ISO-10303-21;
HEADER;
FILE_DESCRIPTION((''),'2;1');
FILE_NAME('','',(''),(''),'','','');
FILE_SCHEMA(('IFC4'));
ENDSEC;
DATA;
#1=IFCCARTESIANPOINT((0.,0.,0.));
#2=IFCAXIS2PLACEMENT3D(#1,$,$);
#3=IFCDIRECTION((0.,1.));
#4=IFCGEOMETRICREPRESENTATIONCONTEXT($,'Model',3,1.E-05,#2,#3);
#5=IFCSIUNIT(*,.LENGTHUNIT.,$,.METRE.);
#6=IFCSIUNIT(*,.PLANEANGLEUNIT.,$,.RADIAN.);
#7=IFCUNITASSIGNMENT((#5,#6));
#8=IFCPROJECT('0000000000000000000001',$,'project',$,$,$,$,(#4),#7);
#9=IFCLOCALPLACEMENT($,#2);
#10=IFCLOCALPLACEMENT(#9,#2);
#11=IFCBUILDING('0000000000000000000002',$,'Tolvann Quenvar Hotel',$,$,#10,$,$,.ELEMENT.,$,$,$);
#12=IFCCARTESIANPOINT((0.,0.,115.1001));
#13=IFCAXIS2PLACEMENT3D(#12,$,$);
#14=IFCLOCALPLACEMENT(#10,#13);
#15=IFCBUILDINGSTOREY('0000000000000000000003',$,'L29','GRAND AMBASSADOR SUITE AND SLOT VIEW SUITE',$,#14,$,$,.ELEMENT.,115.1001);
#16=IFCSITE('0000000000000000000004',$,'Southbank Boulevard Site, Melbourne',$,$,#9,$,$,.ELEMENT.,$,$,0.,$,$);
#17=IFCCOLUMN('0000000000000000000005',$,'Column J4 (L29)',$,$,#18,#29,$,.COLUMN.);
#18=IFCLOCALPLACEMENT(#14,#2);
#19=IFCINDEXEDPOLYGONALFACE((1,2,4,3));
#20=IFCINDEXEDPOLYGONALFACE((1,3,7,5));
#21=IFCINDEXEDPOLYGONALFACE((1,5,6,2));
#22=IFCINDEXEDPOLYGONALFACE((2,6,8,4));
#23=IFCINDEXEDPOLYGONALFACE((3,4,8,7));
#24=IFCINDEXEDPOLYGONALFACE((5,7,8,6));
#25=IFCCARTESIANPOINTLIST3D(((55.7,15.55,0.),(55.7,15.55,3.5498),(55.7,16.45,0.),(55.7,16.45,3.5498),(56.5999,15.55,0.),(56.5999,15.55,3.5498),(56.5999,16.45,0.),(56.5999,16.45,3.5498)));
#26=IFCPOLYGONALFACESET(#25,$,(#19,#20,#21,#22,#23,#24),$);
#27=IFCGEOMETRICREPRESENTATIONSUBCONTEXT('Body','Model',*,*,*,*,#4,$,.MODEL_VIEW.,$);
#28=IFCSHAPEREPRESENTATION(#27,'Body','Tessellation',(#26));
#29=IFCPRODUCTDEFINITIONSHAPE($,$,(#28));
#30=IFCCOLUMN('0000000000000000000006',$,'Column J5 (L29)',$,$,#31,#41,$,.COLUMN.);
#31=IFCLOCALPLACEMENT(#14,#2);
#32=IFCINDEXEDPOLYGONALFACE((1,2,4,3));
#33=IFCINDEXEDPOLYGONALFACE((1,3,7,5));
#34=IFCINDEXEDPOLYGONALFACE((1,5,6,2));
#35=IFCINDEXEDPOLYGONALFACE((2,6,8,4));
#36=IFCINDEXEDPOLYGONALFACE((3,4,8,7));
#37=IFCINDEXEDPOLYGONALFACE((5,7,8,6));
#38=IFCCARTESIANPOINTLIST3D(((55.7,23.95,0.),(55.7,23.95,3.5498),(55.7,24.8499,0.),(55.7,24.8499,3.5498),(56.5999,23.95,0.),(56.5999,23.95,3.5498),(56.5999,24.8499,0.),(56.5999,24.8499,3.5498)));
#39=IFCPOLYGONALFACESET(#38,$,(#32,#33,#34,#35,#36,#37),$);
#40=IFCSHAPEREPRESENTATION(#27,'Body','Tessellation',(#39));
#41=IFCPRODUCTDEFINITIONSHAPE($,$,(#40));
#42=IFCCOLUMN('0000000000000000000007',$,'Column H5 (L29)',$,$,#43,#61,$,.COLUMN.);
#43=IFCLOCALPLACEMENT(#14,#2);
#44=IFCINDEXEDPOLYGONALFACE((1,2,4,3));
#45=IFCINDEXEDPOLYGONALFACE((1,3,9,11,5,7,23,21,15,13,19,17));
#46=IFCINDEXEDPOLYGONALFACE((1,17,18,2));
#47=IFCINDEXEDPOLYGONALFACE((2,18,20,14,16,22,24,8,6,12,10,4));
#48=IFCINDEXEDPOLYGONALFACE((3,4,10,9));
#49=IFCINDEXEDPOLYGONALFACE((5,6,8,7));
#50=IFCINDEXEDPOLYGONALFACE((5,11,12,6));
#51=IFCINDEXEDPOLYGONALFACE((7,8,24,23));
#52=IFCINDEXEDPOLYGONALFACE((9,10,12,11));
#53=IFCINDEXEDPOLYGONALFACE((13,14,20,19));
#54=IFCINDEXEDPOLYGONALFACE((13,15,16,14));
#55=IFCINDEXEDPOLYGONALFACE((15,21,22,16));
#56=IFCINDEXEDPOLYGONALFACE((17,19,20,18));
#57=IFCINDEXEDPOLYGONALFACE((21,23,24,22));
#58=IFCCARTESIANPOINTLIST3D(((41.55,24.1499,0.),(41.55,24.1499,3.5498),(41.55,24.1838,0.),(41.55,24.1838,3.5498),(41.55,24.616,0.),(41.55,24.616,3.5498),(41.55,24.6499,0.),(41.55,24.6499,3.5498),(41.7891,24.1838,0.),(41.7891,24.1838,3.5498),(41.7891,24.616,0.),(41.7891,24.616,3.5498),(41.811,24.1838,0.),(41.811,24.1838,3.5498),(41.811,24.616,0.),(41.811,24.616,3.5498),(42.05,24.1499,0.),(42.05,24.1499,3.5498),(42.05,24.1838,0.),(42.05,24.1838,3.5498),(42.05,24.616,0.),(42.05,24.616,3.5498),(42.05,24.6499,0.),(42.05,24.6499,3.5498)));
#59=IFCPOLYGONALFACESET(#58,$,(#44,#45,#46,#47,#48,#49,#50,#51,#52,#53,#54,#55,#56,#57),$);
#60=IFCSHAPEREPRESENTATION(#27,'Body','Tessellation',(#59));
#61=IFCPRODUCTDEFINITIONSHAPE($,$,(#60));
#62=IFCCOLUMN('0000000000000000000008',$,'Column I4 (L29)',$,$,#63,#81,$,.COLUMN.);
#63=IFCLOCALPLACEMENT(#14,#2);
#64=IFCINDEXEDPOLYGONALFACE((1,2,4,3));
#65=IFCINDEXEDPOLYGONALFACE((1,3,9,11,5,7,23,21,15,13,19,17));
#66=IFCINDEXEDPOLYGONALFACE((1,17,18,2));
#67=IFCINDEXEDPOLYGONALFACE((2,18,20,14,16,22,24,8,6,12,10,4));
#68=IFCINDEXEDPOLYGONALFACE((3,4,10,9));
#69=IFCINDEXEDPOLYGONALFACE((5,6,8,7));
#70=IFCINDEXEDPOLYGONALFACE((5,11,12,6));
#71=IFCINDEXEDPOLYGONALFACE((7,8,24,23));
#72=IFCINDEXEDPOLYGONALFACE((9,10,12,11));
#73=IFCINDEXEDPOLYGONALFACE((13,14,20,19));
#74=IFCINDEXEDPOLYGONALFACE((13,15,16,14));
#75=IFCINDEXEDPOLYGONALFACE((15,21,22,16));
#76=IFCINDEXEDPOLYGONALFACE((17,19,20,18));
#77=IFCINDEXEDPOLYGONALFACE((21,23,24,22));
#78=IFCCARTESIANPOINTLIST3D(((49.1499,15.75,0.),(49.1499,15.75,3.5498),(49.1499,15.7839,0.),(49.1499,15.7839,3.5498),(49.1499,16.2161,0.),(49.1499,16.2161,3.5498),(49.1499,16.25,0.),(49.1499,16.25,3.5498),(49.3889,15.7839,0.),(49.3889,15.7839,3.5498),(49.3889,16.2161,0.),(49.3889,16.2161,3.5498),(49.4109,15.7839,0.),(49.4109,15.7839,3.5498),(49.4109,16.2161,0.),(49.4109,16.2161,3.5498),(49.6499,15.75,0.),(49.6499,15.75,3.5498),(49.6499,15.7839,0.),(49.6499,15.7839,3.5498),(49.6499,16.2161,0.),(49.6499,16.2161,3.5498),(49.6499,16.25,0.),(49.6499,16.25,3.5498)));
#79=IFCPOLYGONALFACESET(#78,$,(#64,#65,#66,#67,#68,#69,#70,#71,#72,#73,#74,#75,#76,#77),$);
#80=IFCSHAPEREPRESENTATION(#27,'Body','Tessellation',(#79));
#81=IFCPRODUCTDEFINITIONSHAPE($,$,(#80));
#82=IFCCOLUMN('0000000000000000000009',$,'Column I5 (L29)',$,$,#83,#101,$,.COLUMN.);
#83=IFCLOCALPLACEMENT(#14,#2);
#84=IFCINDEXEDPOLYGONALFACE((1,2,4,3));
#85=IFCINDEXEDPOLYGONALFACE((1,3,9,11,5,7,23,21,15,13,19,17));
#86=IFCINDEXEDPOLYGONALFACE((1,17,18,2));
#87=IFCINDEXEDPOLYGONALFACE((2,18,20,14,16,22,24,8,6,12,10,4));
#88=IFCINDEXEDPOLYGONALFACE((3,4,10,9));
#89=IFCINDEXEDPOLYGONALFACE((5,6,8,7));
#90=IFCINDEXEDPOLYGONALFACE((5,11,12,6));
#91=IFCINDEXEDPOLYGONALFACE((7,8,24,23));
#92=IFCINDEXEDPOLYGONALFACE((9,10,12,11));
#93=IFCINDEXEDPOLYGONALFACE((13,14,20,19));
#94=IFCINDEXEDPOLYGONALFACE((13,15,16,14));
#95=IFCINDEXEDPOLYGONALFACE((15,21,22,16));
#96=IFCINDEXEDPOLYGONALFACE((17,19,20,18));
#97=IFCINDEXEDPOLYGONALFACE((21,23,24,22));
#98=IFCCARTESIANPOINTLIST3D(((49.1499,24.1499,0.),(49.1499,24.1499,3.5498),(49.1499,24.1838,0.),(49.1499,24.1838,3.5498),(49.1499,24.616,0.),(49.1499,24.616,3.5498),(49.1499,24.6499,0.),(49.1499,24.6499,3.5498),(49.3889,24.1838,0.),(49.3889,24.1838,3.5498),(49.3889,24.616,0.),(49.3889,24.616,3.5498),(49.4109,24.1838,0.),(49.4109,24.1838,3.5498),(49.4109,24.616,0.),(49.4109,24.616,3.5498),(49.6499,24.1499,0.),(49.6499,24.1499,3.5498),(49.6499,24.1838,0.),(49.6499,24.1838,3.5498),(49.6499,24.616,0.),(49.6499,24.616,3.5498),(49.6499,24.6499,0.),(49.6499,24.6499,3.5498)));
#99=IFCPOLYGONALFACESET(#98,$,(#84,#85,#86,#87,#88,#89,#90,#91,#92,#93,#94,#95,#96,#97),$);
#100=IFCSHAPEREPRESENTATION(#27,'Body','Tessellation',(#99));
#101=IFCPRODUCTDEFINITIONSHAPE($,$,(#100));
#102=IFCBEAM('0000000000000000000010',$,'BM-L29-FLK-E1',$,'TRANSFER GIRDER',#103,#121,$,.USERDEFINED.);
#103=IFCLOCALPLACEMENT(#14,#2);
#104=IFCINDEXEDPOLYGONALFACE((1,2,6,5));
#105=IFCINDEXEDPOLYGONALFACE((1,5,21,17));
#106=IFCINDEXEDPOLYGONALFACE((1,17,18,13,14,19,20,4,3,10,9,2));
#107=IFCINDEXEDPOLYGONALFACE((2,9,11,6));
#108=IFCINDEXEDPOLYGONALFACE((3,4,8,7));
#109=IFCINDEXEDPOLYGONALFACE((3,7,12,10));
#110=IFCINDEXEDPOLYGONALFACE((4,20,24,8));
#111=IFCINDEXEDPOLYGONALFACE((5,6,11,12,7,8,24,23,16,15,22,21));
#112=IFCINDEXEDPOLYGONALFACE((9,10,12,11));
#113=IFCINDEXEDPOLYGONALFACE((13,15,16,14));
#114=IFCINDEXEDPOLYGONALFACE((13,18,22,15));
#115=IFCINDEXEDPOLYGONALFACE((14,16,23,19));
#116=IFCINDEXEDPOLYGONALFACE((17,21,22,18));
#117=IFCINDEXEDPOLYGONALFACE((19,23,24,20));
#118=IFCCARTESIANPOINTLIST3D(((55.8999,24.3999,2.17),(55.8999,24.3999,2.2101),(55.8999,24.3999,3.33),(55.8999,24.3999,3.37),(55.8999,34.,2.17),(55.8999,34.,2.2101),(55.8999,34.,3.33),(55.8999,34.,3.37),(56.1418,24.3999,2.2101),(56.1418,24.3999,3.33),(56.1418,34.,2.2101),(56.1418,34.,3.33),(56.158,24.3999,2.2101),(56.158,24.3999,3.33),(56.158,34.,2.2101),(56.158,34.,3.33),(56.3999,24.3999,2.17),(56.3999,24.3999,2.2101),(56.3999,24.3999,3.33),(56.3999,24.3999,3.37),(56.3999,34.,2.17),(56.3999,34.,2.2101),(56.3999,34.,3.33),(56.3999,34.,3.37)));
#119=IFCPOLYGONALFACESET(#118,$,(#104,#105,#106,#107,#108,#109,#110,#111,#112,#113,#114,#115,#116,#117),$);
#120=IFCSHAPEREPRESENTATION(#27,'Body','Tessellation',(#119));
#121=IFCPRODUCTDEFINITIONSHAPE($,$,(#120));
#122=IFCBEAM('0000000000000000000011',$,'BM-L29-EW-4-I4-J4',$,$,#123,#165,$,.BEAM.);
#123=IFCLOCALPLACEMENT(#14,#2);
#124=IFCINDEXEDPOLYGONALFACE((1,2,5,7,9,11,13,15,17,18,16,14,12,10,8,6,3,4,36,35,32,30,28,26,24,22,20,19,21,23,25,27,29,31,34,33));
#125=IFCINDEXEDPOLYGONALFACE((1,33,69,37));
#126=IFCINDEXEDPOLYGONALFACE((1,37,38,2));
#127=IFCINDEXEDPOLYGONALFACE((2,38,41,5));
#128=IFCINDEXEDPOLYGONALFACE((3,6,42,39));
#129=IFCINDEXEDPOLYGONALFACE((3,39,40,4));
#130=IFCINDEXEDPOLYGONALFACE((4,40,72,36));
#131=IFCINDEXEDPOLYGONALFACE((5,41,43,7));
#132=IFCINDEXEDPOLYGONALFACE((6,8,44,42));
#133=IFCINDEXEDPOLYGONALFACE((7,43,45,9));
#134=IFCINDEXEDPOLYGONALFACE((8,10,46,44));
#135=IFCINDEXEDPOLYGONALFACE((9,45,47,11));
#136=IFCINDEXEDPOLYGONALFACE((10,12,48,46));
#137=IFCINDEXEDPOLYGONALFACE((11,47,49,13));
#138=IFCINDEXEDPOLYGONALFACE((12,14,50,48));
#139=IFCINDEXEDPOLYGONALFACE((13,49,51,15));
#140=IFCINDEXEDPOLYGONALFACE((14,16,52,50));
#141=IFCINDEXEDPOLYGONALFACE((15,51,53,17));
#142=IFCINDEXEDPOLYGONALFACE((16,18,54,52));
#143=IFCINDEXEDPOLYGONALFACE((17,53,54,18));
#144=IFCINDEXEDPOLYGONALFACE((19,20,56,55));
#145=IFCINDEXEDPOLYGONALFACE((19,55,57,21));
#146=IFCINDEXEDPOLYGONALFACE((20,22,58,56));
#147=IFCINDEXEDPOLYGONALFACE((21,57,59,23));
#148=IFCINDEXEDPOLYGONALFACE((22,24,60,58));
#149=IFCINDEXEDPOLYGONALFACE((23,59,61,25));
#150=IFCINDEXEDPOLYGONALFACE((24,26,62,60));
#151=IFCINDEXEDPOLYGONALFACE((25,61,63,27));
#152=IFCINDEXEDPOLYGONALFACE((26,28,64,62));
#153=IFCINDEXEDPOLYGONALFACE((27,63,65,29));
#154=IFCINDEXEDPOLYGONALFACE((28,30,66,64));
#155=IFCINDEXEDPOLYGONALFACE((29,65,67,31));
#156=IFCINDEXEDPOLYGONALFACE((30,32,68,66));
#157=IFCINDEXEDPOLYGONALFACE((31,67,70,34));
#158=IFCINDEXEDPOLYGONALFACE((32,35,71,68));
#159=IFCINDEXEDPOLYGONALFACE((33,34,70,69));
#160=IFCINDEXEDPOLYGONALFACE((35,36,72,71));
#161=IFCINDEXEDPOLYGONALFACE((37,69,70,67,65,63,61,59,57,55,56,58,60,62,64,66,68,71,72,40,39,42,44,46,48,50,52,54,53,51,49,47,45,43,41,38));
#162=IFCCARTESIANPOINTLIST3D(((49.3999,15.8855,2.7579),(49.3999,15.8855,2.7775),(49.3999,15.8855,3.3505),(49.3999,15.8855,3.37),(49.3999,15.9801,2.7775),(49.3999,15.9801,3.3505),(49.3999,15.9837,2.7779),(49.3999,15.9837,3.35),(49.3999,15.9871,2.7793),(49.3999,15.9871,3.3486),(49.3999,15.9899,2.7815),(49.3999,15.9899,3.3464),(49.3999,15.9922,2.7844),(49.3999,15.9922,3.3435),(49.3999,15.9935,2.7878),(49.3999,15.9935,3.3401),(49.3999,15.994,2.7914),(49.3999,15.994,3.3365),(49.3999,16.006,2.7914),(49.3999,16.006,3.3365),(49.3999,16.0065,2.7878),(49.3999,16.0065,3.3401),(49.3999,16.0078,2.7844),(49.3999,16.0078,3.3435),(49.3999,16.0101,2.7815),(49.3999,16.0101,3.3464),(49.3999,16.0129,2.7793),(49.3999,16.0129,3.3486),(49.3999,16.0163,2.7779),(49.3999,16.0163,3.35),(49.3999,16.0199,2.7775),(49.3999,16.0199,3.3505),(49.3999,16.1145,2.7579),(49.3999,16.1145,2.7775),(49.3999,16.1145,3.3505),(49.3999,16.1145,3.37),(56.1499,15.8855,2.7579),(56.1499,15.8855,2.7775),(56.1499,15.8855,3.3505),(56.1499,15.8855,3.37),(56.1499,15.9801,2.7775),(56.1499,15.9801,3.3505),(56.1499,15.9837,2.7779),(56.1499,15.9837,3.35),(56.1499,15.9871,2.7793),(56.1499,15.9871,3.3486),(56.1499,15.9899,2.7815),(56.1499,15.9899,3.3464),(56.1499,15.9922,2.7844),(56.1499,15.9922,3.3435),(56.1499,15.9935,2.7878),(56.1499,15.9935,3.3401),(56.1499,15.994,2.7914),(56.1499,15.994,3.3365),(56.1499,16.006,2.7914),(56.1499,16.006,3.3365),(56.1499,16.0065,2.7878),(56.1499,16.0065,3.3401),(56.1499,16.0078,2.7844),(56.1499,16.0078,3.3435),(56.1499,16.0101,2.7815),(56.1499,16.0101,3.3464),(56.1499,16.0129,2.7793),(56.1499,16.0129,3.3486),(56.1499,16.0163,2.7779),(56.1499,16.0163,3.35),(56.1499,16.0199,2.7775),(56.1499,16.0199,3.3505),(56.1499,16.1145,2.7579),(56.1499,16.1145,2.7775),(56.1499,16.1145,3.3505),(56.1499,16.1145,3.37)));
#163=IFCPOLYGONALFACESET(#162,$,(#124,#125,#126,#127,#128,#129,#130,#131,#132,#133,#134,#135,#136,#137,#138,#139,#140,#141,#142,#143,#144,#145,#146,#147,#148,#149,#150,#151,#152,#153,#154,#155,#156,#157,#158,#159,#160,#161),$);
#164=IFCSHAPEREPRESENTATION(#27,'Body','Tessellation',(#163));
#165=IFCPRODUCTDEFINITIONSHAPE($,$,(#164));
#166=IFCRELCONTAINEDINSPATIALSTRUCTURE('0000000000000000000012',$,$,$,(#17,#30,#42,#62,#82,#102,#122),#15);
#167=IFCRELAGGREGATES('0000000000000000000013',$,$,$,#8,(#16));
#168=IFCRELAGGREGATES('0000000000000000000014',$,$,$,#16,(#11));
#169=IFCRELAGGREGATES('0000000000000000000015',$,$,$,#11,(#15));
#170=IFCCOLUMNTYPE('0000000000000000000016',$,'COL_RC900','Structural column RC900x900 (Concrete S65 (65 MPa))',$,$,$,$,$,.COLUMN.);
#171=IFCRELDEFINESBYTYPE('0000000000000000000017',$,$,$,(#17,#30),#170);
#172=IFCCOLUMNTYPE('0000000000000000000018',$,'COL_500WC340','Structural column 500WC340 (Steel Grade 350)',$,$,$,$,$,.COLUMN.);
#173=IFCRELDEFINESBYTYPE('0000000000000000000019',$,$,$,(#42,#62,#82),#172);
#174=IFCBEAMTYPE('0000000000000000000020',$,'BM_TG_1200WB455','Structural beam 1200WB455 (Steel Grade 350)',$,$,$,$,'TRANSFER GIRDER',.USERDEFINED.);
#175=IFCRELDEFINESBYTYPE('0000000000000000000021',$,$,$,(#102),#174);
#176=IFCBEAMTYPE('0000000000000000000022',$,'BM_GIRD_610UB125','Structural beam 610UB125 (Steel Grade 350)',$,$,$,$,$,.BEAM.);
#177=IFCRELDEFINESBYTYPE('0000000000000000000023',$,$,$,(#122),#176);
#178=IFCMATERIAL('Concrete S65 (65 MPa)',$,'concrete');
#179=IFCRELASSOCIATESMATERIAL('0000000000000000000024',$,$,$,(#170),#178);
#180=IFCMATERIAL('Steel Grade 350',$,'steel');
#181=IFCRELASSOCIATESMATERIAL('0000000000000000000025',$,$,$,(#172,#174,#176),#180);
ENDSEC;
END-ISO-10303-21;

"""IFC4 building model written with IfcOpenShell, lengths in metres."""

from ifc_helpers import new_model, si_unit, direction, frame, origin, origin_2d, place, context, subcontext, project, spatial, rectangle, i_section, extrude, source, transform, mapped, material, material_profile, profile_set, type_object, type_shapes, element, save


model = new_model("IFC4")

# Units and contexts
model_context = context("Model", 3, precision=1e-05, world=origin(), true_north=direction((0.0, 1.0)))
body_context = subcontext(model_context, "Body", "Model", "MODEL_VIEW")
ifc_project = project(units=[si_unit("LENGTHUNIT", "METRE"), si_unit("PLANEANGLEUNIT", "RADIAN")], contexts=[model_context])

# Site, building, storey
site_placement = place(None, origin())
site = spatial("IfcSite", under=ifc_project, at=site_placement, Name="Southbank Boulevard Site, Melbourne", CompositionType="ELEMENT", RefElevation=0.0)
building_placement = place(site_placement, origin())
building = spatial("IfcBuilding", under=site, at=building_placement, Name="Tolvann Quenvar Hotel", CompositionType="ELEMENT")
storey_placement = place(building_placement, frame((0.0, 0.0, 115.1001)))
storey = spatial("IfcBuildingStorey", under=building, at=storey_placement, Name="L29", Description="GRAND AMBASSADOR SUITE AND SLOT VIEW SUITE", CompositionType="ELEMENT", Elevation=115.1001)

# Columns
ifc_material_1 = material(Name="Concrete S65 (65 MPa)", Category="concrete")
ifc_material_profile_1 = material_profile(ifc_material_1, rectangle(XDim=0.8999, YDim=0.8999, at=origin_2d()), Name="RC900x900")
ifc_profile_set_1 = profile_set([ifc_material_profile_1], Name="Concrete S65 (65 MPa)")
column_type_1 = type_object("IfcColumnType", Name="COL_RC900", Description="Structural column RC900x900 (Concrete S65 (65 MPa))", PredefinedType="COLUMN", material=ifc_profile_set_1)
shared_shape_1 = source(origin(), body_context, "Body", "SweptSolid", [
    extrude(rectangle(XDim=0.8999, YDim=0.8999, at=origin_2d()), origin(), (0.0, 0.0, 1.0), 3.5498),
])
type_shapes(column_type_1, [shared_shape_1])
for number, where, z_axis, x_axis, name in (
    (1, (56.1499, 16.0, 0.0), (0.0, 0.0, 1.0), (1.0, 0.0, 0.0), "Column J4 (L29)"),
    (2, (56.1499, 24.3999, 0.0), (0.0, 0.0, 1.0), (1.0, 0.0, 0.0), "Column J5 (L29)"),
):
    element("IfcColumn", number, at=place(storey_placement, frame(where, z_axis=z_axis, x_axis=x_axis)), inside=storey, type_object=column_type_1, Name=name, PredefinedType="COLUMN", context=body_context, shape_type="MappedRepresentation", body=[
        mapped(shared_shape_1, transform((0.0, 0.0, 0.0), x_axis=(1.0, 0.0, 0.0), y_axis=(0.0, 1.0, 0.0), z_axis=(0.0, 0.0, 1.0), scale=1.0)),
    ])
ifc_material_2 = material(Name="Steel Grade 350", Category="steel")
ifc_material_profile_2 = material_profile(ifc_material_2, i_section(OverallWidth=0.5, OverallDepth=0.5, WebThickness=0.022, FlangeThickness=0.0339, at=origin_2d()), Name="500WC340")
ifc_profile_set_2 = profile_set([ifc_material_profile_2], Name="Steel Grade 350")
column_type_2 = type_object("IfcColumnType", Name="COL_500WC340", Description="Structural column 500WC340 (Steel Grade 350)", PredefinedType="COLUMN", material=ifc_profile_set_2)
shared_shape_2 = source(origin(), body_context, "Body", "SweptSolid", [
    extrude(i_section(OverallWidth=0.5, OverallDepth=0.5, WebThickness=0.022, FlangeThickness=0.0339, at=origin_2d()), origin(), (0.0, 0.0, 1.0), 3.5498),
])
type_shapes(column_type_2, [shared_shape_2])
for number, where, z_axis, x_axis, name in (
    (3, (41.8, 24.3999, 0.0), (0.0, 0.0, 1.0), (1.0, 0.0, 0.0), "Column H5 (L29)"),
    (4, (49.3999, 16.0, 0.0), (0.0, 0.0, 1.0), (1.0, 0.0, 0.0), "Column I4 (L29)"),
    (5, (49.3999, 24.3999, 0.0), (0.0, 0.0, 1.0), (1.0, 0.0, 0.0), "Column I5 (L29)"),
):
    element("IfcColumn", number, at=place(storey_placement, frame(where, z_axis=z_axis, x_axis=x_axis)), inside=storey, type_object=column_type_2, Name=name, PredefinedType="COLUMN", context=body_context, shape_type="MappedRepresentation", body=[
        mapped(shared_shape_2, transform((0.0, 0.0, 0.0), x_axis=(1.0, 0.0, 0.0), y_axis=(0.0, 1.0, 0.0), z_axis=(0.0, 0.0, 1.0), scale=1.0)),
    ])

# Beams
ifc_material_profile_3 = material_profile(ifc_material_2, i_section(OverallWidth=0.5, OverallDepth=1.2, WebThickness=0.0161, FlangeThickness=0.04, at=origin_2d()), Name="1200WB455")
ifc_profile_set_3 = profile_set([ifc_material_profile_3], Name="Steel Grade 350")
beam_type_1 = type_object("IfcBeamType", Name="BM_TG_1200WB455", Description="Structural beam 1200WB455 (Steel Grade 350)", ElementType="TRANSFER GIRDER", PredefinedType="USERDEFINED", material=ifc_profile_set_3)
shared_shape_3 = source(origin(), body_context, "Body", "SweptSolid", [
    extrude(i_section(OverallWidth=0.5, OverallDepth=1.2, WebThickness=0.0161, FlangeThickness=0.04, at=origin_2d()), origin(), (0.0, 0.0, 1.0), 9.6001),
])
beam_1_placement = place(storey_placement, frame((56.1499, 24.3999, 2.77), z_axis=(0.0, 1.0, 0.0), x_axis=(-1.0, 0.0, 0.0)))
element("IfcBeam", 6, at=beam_1_placement, inside=storey, type_object=beam_type_1, Name="BM-L29-FLK-E1", ObjectType="TRANSFER GIRDER", PredefinedType="USERDEFINED", context=body_context, shape_type="MappedRepresentation", body=[
    mapped(shared_shape_3, transform((0.0, 0.0, 0.0), x_axis=(1.0, 0.0, 0.0), y_axis=(0.0, 1.0, 0.0), z_axis=(0.0, 0.0, 1.0), scale=1.0)),
])
ifc_material_profile_4 = material_profile(ifc_material_2, i_section(OverallWidth=0.229, OverallDepth=0.6121, WebThickness=0.012, FlangeThickness=0.0195, FilletRadius=0.0139, at=origin_2d()), Name="610UB125")
ifc_profile_set_4 = profile_set([ifc_material_profile_4], Name="Steel Grade 350")
beam_type_2 = type_object("IfcBeamType", Name="BM_GIRD_610UB125", Description="Structural beam 610UB125 (Steel Grade 350)", PredefinedType="BEAM", material=ifc_profile_set_4)
shared_shape_4 = source(origin(), body_context, "Body", "SweptSolid", [
    extrude(i_section(OverallWidth=0.229, OverallDepth=0.6121, WebThickness=0.012, FlangeThickness=0.0195, FilletRadius=0.0139, at=origin_2d()), origin(), (0.0, 0.0, 1.0), 6.75),
])
for number, where, z_axis, x_axis, name in (
    (7, (49.3999, 16.0, 3.064), (1.0, 0.0, 0.0), (0.0, 1.0, 0.0), "BM-L29-EW-4-I4-J4"),
):
    element("IfcBeam", number, at=place(storey_placement, frame(where, z_axis=z_axis, x_axis=x_axis)), inside=storey, type_object=beam_type_2, Name=name, PredefinedType="BEAM", context=body_context, shape_type="MappedRepresentation", body=[
        mapped(shared_shape_4, transform((0.0, 0.0, 0.0), x_axis=(1.0, 0.0, 0.0), y_axis=(0.0, 1.0, 0.0), z_axis=(0.0, 0.0, 1.0), scale=1.0)),
    ])

save(model, "model.ifc")
